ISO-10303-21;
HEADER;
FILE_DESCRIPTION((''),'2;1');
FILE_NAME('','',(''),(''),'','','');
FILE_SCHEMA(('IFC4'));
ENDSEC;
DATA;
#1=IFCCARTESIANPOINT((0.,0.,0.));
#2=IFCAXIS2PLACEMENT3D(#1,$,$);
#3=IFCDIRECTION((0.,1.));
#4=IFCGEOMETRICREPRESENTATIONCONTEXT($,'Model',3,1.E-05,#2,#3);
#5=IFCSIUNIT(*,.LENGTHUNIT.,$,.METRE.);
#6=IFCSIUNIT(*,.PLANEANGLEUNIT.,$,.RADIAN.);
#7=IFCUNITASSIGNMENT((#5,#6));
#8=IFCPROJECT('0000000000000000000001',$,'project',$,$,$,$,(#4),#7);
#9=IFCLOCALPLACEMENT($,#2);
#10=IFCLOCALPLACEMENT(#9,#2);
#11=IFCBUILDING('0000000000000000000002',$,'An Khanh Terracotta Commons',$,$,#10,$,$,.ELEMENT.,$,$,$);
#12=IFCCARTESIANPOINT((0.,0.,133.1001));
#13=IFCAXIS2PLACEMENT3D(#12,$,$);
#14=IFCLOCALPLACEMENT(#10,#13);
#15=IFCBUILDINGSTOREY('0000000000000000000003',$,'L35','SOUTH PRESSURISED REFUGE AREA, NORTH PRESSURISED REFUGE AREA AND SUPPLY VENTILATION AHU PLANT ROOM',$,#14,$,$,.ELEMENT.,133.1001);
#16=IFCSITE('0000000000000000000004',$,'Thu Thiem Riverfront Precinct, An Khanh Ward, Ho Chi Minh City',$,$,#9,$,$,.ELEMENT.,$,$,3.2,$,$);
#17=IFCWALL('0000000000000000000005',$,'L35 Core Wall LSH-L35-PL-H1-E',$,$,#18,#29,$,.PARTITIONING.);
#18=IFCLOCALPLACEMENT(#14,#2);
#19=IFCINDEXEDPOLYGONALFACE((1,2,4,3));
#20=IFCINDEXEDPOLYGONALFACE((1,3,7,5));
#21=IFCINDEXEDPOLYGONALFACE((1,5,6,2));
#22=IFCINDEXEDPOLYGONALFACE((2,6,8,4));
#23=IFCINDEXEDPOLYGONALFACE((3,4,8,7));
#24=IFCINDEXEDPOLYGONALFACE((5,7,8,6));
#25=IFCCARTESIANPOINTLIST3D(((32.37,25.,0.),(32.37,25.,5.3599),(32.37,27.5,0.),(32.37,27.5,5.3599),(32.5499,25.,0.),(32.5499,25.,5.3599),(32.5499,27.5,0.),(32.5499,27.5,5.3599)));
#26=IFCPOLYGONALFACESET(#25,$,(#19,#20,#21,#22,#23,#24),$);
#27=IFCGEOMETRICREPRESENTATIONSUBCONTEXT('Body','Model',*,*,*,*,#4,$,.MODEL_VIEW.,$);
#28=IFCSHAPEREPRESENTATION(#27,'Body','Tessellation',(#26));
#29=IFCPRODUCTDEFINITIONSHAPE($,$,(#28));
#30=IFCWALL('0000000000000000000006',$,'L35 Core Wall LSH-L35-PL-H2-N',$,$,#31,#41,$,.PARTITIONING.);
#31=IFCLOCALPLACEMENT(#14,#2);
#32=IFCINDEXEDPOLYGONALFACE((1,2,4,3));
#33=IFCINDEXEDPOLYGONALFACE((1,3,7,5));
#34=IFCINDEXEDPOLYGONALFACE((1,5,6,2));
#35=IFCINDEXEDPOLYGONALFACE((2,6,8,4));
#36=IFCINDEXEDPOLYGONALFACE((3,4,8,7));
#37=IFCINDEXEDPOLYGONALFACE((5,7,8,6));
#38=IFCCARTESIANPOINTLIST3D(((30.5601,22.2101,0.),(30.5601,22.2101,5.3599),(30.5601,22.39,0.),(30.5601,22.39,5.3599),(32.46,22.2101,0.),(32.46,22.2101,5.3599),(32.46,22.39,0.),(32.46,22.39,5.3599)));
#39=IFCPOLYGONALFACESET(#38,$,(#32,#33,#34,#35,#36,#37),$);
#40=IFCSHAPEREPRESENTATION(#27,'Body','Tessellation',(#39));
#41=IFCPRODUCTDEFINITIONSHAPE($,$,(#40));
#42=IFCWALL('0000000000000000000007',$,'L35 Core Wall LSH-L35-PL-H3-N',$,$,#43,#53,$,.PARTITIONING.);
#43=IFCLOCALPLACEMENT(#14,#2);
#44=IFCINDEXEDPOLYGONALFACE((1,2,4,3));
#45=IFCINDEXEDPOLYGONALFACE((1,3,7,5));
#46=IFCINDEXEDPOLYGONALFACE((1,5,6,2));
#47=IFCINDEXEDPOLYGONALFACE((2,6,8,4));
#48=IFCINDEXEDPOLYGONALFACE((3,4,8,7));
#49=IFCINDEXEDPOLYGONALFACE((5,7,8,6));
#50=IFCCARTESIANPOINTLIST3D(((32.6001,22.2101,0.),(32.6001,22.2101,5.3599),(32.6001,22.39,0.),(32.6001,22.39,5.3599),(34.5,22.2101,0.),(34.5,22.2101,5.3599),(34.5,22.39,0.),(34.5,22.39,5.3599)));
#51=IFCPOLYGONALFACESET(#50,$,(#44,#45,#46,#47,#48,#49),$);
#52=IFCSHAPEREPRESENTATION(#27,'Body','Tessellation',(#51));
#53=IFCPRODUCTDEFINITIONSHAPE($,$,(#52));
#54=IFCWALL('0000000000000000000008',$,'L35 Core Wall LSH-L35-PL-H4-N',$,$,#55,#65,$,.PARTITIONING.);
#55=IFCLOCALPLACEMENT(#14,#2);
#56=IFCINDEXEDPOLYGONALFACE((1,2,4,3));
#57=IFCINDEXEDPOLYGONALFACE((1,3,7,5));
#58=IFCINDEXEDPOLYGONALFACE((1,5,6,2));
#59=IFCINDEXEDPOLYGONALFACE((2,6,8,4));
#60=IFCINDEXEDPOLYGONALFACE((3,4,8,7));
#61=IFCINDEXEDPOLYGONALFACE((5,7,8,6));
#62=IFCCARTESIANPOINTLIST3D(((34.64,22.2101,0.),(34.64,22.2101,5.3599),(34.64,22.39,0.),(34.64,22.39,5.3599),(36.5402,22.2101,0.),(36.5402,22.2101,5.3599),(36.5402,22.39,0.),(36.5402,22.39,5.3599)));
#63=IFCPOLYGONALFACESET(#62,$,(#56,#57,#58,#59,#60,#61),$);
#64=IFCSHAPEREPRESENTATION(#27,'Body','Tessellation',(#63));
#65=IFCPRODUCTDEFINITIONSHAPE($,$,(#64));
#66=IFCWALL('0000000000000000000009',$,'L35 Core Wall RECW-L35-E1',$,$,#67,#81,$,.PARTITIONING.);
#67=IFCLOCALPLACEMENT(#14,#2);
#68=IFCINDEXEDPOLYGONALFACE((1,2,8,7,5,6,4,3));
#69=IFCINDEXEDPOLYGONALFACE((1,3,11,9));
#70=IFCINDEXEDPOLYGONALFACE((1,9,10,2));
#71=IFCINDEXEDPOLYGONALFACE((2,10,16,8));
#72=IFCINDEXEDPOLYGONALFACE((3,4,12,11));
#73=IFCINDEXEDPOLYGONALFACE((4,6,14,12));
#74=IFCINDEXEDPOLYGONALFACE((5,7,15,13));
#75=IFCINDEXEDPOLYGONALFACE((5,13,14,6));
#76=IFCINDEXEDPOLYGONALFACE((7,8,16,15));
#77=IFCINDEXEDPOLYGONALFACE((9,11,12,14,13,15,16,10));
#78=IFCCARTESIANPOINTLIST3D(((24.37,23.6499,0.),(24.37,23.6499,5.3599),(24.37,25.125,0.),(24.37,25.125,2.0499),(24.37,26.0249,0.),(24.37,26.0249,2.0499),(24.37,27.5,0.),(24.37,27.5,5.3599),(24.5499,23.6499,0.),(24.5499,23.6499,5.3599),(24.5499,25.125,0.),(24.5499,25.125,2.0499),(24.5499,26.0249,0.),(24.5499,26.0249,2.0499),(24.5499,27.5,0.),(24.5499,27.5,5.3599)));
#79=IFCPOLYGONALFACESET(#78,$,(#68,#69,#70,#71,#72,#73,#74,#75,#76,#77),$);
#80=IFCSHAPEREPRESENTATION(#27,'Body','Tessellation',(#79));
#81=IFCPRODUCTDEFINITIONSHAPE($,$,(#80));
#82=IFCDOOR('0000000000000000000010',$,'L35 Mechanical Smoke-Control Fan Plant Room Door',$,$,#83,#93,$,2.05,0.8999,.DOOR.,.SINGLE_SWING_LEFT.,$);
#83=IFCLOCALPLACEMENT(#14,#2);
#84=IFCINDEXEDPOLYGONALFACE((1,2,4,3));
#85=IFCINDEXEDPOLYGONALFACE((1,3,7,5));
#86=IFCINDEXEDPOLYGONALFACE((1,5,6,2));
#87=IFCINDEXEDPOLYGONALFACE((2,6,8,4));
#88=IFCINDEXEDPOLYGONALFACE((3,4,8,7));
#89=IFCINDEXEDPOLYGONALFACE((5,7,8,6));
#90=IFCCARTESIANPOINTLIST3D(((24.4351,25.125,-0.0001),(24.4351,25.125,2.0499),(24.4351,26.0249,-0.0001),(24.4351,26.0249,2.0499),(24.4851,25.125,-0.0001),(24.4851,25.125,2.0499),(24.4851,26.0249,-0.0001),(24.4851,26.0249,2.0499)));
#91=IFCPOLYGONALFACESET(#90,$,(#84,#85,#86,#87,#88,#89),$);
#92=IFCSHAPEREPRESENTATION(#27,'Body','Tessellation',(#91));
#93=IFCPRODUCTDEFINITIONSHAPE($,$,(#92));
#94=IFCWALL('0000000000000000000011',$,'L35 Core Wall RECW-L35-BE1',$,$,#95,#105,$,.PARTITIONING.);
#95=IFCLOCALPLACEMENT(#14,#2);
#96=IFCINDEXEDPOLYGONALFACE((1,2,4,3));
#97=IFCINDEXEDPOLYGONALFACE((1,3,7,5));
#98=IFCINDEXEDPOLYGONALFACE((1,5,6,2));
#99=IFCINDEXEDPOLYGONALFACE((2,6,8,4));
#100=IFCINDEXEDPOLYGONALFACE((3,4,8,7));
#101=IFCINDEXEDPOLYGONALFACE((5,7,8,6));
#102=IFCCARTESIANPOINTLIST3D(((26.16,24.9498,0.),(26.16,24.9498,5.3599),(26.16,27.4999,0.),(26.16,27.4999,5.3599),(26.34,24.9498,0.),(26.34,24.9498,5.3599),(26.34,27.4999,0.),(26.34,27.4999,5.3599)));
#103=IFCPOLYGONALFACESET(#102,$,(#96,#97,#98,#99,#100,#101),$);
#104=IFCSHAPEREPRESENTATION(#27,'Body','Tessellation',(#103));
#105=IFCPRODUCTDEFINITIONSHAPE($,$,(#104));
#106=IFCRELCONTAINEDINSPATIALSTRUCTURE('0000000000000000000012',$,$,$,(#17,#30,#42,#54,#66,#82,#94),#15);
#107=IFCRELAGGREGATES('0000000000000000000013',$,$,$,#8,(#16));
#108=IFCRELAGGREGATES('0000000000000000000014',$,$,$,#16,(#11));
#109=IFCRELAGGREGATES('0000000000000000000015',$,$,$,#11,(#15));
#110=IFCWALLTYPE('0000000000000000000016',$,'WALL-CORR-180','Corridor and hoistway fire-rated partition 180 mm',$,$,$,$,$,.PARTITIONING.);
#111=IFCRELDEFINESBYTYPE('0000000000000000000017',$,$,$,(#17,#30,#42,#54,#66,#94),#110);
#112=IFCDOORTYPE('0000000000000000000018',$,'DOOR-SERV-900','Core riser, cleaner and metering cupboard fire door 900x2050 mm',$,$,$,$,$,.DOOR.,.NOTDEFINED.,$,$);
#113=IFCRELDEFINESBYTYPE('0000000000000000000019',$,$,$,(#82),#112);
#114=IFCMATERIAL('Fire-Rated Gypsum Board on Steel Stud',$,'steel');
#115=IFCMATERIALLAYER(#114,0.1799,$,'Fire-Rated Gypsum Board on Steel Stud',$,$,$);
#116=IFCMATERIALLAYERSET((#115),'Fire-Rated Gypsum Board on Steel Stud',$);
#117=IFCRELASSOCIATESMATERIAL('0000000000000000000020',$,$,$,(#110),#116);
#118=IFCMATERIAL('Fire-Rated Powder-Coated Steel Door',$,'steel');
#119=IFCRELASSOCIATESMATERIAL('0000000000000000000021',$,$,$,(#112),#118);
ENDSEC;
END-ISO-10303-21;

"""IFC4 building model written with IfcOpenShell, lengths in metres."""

from ifc_helpers import new_model, si_unit, direction, frame, frame_2d, origin, place, context, subcontext, project, spatial, rectangle, extrude, material, layer, layer_set, type_object, element, fill, save


model = new_model("IFC4")

# Units and contexts
model_context = context("Model", 3, precision=1e-05, world=origin(), true_north=direction((0.0, 1.0)))
body_context = subcontext(model_context, "Body", "Model", "MODEL_VIEW")
ifc_project = project(units=[si_unit("LENGTHUNIT", "METRE"), si_unit("PLANEANGLEUNIT", "RADIAN")], contexts=[model_context])

# Site, building, storey
site_placement = place(None, origin())
site = spatial("IfcSite", under=ifc_project, at=site_placement, Name="Thu Thiem Riverfront Precinct, An Khanh Ward, Ho Chi Minh City", CompositionType="ELEMENT", RefElevation=3.2)
building_placement = place(site_placement, origin())
building = spatial("IfcBuilding", under=site, at=building_placement, Name="An Khanh Terracotta Commons", CompositionType="ELEMENT")
storey_placement = place(building_placement, frame((0.0, 0.0, 133.1001)))
storey = spatial("IfcBuildingStorey", under=building, at=storey_placement, Name="L35", Description="SOUTH PRESSURISED REFUGE AREA, NORTH PRESSURISED REFUGE AREA AND SUPPLY VENTILATION AHU PLANT ROOM", CompositionType="ELEMENT", Elevation=133.1001)

# Shared definitions
ifc_material_1 = material(Name="Fire-Rated Gypsum Board on Steel Stud", Category="steel")
ifc_layer = layer(ifc_material_1, 0.1799, Name="Fire-Rated Gypsum Board on Steel Stud")
ifc_layer_set = layer_set([ifc_layer], Name="Fire-Rated Gypsum Board on Steel Stud")
wall_type = type_object("IfcWallType", Name="WALL-CORR-180", Description="Corridor and hoistway fire-rated partition 180 mm", PredefinedType="PARTITIONING", material=ifc_layer_set)

# Walls
wall_1_placement = place(storey_placement, frame((32.46, 25.0, 0.0), z_axis=(0.0, 0.0, 1.0), x_axis=(0.0, 1.0, 0.0)))
element("IfcWall", 1, at=wall_1_placement, inside=storey, type_object=wall_type, Name="L35 Core Wall LSH-L35-PL-H1-E", PredefinedType="PARTITIONING", context=body_context, shape_type="SweptSolid", body=[
    extrude(rectangle(XDim=2.5, YDim=0.1799, at=frame_2d((1.25, 0.0))), origin(), (0.0, 0.0, 1.0), 5.3599),
])
for number, where, z_axis, x_axis, name in (
    (2, (30.5601, 22.3, 0.0), (0.0, 0.0, 1.0), (1.0, 0.0, 0.0), "L35 Core Wall LSH-L35-PL-H2-N"),
    (3, (32.6001, 22.3, 0.0), (0.0, 0.0, 1.0), (1.0, 0.0, 0.0), "L35 Core Wall LSH-L35-PL-H3-N"),
):
    element("IfcWall", number, at=place(storey_placement, frame(where, z_axis=z_axis, x_axis=x_axis)), inside=storey, type_object=wall_type, Name=name, PredefinedType="PARTITIONING", context=body_context, shape_type="SweptSolid", body=[
        extrude(rectangle(XDim=1.8999, YDim=0.1799, at=frame_2d((0.95, 0.0))), origin(), (0.0, 0.0, 1.0), 5.3599),
    ])
wall_2_placement = place(storey_placement, frame((34.6399, 22.3, 0.0), z_axis=(0.0, 0.0, 1.0), x_axis=(1.0, 0.0, 0.0)))
element("IfcWall", 4, at=wall_2_placement, inside=storey, type_object=wall_type, Name="L35 Core Wall LSH-L35-PL-H4-N", PredefinedType="PARTITIONING", context=body_context, shape_type="SweptSolid", body=[
    extrude(rectangle(XDim=1.9001, YDim=0.1799, at=frame_2d((0.9502, 0.0))), origin(), (0.0, 0.0, 1.0), 5.3599),
])

# Wall, opening, door
wall_3_placement = place(storey_placement, frame((24.46, 23.6499, 0.0), z_axis=(0.0, 0.0, 1.0), x_axis=(0.0, 1.0, 0.0)))
wall_3 = element("IfcWall", 5, at=wall_3_placement, inside=storey, type_object=wall_type, Name="L35 Core Wall RECW-L35-E1", PredefinedType="PARTITIONING", context=body_context, shape_type="SweptSolid", body=[
    extrude(rectangle(XDim=3.8501, YDim=0.1799, at=frame_2d((1.925, 0.0))), origin(), (0.0, 0.0, 1.0), 5.3599),
])
opening_1_placement = place(wall_3_placement, frame((1.4751, 0.0, 0.0)))
opening_1 = element("IfcOpeningElement", 6, at=opening_1_placement, cuts=wall_3, PredefinedType="OPENING", context=body_context, shape_type="SweptSolid", body=[
    extrude(rectangle(XDim=0.8999, YDim=2.05, at=frame_2d((0.45, 1.0249))), frame((0.0, 0.0999, 0.0), z_axis=(0.0, -1.0, 0.0), x_axis=(1.0, 0.0, 0.0)), (0.0, 0.0, 1.0), 0.2),
])
ifc_material_2 = material(Name="Fire-Rated Powder-Coated Steel Door", Category="steel")
door_type_1 = type_object("IfcDoorType", Name="DOOR-SERV-900", Description="Core riser, cleaner and metering cupboard fire door 900x2050 mm", OperationType="NOTDEFINED", PredefinedType="DOOR", material=ifc_material_2)
door_1_placement = place(opening_1_placement, origin())
door_1 = element("IfcDoor", 7, at=door_1_placement, inside=storey, type_object=door_type_1, Name="L35 Mechanical Smoke-Control Fan Plant Room Door", OperationType="SINGLE_SWING_LEFT", OverallHeight=2.05, OverallWidth=0.8999, PredefinedType="DOOR", context=body_context, shape_type="SweptSolid", body=[
    extrude(rectangle(XDim=0.8999, YDim=2.05, at=frame_2d((0.45, 1.0249))), frame((0.0, 0.0249, 0.0), z_axis=(0.0, -1.0, 0.0), x_axis=(1.0, 0.0, 0.0)), (0.0, 0.0, 1.0), 0.05),
])
fill(opening_1, door_1)

# Wall
wall_4_placement = place(storey_placement, frame((26.25, 24.95, 0.0), z_axis=(0.0, 0.0, 1.0), x_axis=(0.0, 1.0, 0.0)))
element("IfcWall", 8, at=wall_4_placement, inside=storey, type_object=wall_type, Name="L35 Core Wall RECW-L35-BE1", PredefinedType="PARTITIONING", context=body_context, shape_type="SweptSolid", body=[
    extrude(rectangle(XDim=2.55, YDim=0.1799, at=frame_2d((1.2749, 0.0))), origin(), (0.0, 0.0, 1.0), 5.3599),
])

save(model, "model.ifc")
